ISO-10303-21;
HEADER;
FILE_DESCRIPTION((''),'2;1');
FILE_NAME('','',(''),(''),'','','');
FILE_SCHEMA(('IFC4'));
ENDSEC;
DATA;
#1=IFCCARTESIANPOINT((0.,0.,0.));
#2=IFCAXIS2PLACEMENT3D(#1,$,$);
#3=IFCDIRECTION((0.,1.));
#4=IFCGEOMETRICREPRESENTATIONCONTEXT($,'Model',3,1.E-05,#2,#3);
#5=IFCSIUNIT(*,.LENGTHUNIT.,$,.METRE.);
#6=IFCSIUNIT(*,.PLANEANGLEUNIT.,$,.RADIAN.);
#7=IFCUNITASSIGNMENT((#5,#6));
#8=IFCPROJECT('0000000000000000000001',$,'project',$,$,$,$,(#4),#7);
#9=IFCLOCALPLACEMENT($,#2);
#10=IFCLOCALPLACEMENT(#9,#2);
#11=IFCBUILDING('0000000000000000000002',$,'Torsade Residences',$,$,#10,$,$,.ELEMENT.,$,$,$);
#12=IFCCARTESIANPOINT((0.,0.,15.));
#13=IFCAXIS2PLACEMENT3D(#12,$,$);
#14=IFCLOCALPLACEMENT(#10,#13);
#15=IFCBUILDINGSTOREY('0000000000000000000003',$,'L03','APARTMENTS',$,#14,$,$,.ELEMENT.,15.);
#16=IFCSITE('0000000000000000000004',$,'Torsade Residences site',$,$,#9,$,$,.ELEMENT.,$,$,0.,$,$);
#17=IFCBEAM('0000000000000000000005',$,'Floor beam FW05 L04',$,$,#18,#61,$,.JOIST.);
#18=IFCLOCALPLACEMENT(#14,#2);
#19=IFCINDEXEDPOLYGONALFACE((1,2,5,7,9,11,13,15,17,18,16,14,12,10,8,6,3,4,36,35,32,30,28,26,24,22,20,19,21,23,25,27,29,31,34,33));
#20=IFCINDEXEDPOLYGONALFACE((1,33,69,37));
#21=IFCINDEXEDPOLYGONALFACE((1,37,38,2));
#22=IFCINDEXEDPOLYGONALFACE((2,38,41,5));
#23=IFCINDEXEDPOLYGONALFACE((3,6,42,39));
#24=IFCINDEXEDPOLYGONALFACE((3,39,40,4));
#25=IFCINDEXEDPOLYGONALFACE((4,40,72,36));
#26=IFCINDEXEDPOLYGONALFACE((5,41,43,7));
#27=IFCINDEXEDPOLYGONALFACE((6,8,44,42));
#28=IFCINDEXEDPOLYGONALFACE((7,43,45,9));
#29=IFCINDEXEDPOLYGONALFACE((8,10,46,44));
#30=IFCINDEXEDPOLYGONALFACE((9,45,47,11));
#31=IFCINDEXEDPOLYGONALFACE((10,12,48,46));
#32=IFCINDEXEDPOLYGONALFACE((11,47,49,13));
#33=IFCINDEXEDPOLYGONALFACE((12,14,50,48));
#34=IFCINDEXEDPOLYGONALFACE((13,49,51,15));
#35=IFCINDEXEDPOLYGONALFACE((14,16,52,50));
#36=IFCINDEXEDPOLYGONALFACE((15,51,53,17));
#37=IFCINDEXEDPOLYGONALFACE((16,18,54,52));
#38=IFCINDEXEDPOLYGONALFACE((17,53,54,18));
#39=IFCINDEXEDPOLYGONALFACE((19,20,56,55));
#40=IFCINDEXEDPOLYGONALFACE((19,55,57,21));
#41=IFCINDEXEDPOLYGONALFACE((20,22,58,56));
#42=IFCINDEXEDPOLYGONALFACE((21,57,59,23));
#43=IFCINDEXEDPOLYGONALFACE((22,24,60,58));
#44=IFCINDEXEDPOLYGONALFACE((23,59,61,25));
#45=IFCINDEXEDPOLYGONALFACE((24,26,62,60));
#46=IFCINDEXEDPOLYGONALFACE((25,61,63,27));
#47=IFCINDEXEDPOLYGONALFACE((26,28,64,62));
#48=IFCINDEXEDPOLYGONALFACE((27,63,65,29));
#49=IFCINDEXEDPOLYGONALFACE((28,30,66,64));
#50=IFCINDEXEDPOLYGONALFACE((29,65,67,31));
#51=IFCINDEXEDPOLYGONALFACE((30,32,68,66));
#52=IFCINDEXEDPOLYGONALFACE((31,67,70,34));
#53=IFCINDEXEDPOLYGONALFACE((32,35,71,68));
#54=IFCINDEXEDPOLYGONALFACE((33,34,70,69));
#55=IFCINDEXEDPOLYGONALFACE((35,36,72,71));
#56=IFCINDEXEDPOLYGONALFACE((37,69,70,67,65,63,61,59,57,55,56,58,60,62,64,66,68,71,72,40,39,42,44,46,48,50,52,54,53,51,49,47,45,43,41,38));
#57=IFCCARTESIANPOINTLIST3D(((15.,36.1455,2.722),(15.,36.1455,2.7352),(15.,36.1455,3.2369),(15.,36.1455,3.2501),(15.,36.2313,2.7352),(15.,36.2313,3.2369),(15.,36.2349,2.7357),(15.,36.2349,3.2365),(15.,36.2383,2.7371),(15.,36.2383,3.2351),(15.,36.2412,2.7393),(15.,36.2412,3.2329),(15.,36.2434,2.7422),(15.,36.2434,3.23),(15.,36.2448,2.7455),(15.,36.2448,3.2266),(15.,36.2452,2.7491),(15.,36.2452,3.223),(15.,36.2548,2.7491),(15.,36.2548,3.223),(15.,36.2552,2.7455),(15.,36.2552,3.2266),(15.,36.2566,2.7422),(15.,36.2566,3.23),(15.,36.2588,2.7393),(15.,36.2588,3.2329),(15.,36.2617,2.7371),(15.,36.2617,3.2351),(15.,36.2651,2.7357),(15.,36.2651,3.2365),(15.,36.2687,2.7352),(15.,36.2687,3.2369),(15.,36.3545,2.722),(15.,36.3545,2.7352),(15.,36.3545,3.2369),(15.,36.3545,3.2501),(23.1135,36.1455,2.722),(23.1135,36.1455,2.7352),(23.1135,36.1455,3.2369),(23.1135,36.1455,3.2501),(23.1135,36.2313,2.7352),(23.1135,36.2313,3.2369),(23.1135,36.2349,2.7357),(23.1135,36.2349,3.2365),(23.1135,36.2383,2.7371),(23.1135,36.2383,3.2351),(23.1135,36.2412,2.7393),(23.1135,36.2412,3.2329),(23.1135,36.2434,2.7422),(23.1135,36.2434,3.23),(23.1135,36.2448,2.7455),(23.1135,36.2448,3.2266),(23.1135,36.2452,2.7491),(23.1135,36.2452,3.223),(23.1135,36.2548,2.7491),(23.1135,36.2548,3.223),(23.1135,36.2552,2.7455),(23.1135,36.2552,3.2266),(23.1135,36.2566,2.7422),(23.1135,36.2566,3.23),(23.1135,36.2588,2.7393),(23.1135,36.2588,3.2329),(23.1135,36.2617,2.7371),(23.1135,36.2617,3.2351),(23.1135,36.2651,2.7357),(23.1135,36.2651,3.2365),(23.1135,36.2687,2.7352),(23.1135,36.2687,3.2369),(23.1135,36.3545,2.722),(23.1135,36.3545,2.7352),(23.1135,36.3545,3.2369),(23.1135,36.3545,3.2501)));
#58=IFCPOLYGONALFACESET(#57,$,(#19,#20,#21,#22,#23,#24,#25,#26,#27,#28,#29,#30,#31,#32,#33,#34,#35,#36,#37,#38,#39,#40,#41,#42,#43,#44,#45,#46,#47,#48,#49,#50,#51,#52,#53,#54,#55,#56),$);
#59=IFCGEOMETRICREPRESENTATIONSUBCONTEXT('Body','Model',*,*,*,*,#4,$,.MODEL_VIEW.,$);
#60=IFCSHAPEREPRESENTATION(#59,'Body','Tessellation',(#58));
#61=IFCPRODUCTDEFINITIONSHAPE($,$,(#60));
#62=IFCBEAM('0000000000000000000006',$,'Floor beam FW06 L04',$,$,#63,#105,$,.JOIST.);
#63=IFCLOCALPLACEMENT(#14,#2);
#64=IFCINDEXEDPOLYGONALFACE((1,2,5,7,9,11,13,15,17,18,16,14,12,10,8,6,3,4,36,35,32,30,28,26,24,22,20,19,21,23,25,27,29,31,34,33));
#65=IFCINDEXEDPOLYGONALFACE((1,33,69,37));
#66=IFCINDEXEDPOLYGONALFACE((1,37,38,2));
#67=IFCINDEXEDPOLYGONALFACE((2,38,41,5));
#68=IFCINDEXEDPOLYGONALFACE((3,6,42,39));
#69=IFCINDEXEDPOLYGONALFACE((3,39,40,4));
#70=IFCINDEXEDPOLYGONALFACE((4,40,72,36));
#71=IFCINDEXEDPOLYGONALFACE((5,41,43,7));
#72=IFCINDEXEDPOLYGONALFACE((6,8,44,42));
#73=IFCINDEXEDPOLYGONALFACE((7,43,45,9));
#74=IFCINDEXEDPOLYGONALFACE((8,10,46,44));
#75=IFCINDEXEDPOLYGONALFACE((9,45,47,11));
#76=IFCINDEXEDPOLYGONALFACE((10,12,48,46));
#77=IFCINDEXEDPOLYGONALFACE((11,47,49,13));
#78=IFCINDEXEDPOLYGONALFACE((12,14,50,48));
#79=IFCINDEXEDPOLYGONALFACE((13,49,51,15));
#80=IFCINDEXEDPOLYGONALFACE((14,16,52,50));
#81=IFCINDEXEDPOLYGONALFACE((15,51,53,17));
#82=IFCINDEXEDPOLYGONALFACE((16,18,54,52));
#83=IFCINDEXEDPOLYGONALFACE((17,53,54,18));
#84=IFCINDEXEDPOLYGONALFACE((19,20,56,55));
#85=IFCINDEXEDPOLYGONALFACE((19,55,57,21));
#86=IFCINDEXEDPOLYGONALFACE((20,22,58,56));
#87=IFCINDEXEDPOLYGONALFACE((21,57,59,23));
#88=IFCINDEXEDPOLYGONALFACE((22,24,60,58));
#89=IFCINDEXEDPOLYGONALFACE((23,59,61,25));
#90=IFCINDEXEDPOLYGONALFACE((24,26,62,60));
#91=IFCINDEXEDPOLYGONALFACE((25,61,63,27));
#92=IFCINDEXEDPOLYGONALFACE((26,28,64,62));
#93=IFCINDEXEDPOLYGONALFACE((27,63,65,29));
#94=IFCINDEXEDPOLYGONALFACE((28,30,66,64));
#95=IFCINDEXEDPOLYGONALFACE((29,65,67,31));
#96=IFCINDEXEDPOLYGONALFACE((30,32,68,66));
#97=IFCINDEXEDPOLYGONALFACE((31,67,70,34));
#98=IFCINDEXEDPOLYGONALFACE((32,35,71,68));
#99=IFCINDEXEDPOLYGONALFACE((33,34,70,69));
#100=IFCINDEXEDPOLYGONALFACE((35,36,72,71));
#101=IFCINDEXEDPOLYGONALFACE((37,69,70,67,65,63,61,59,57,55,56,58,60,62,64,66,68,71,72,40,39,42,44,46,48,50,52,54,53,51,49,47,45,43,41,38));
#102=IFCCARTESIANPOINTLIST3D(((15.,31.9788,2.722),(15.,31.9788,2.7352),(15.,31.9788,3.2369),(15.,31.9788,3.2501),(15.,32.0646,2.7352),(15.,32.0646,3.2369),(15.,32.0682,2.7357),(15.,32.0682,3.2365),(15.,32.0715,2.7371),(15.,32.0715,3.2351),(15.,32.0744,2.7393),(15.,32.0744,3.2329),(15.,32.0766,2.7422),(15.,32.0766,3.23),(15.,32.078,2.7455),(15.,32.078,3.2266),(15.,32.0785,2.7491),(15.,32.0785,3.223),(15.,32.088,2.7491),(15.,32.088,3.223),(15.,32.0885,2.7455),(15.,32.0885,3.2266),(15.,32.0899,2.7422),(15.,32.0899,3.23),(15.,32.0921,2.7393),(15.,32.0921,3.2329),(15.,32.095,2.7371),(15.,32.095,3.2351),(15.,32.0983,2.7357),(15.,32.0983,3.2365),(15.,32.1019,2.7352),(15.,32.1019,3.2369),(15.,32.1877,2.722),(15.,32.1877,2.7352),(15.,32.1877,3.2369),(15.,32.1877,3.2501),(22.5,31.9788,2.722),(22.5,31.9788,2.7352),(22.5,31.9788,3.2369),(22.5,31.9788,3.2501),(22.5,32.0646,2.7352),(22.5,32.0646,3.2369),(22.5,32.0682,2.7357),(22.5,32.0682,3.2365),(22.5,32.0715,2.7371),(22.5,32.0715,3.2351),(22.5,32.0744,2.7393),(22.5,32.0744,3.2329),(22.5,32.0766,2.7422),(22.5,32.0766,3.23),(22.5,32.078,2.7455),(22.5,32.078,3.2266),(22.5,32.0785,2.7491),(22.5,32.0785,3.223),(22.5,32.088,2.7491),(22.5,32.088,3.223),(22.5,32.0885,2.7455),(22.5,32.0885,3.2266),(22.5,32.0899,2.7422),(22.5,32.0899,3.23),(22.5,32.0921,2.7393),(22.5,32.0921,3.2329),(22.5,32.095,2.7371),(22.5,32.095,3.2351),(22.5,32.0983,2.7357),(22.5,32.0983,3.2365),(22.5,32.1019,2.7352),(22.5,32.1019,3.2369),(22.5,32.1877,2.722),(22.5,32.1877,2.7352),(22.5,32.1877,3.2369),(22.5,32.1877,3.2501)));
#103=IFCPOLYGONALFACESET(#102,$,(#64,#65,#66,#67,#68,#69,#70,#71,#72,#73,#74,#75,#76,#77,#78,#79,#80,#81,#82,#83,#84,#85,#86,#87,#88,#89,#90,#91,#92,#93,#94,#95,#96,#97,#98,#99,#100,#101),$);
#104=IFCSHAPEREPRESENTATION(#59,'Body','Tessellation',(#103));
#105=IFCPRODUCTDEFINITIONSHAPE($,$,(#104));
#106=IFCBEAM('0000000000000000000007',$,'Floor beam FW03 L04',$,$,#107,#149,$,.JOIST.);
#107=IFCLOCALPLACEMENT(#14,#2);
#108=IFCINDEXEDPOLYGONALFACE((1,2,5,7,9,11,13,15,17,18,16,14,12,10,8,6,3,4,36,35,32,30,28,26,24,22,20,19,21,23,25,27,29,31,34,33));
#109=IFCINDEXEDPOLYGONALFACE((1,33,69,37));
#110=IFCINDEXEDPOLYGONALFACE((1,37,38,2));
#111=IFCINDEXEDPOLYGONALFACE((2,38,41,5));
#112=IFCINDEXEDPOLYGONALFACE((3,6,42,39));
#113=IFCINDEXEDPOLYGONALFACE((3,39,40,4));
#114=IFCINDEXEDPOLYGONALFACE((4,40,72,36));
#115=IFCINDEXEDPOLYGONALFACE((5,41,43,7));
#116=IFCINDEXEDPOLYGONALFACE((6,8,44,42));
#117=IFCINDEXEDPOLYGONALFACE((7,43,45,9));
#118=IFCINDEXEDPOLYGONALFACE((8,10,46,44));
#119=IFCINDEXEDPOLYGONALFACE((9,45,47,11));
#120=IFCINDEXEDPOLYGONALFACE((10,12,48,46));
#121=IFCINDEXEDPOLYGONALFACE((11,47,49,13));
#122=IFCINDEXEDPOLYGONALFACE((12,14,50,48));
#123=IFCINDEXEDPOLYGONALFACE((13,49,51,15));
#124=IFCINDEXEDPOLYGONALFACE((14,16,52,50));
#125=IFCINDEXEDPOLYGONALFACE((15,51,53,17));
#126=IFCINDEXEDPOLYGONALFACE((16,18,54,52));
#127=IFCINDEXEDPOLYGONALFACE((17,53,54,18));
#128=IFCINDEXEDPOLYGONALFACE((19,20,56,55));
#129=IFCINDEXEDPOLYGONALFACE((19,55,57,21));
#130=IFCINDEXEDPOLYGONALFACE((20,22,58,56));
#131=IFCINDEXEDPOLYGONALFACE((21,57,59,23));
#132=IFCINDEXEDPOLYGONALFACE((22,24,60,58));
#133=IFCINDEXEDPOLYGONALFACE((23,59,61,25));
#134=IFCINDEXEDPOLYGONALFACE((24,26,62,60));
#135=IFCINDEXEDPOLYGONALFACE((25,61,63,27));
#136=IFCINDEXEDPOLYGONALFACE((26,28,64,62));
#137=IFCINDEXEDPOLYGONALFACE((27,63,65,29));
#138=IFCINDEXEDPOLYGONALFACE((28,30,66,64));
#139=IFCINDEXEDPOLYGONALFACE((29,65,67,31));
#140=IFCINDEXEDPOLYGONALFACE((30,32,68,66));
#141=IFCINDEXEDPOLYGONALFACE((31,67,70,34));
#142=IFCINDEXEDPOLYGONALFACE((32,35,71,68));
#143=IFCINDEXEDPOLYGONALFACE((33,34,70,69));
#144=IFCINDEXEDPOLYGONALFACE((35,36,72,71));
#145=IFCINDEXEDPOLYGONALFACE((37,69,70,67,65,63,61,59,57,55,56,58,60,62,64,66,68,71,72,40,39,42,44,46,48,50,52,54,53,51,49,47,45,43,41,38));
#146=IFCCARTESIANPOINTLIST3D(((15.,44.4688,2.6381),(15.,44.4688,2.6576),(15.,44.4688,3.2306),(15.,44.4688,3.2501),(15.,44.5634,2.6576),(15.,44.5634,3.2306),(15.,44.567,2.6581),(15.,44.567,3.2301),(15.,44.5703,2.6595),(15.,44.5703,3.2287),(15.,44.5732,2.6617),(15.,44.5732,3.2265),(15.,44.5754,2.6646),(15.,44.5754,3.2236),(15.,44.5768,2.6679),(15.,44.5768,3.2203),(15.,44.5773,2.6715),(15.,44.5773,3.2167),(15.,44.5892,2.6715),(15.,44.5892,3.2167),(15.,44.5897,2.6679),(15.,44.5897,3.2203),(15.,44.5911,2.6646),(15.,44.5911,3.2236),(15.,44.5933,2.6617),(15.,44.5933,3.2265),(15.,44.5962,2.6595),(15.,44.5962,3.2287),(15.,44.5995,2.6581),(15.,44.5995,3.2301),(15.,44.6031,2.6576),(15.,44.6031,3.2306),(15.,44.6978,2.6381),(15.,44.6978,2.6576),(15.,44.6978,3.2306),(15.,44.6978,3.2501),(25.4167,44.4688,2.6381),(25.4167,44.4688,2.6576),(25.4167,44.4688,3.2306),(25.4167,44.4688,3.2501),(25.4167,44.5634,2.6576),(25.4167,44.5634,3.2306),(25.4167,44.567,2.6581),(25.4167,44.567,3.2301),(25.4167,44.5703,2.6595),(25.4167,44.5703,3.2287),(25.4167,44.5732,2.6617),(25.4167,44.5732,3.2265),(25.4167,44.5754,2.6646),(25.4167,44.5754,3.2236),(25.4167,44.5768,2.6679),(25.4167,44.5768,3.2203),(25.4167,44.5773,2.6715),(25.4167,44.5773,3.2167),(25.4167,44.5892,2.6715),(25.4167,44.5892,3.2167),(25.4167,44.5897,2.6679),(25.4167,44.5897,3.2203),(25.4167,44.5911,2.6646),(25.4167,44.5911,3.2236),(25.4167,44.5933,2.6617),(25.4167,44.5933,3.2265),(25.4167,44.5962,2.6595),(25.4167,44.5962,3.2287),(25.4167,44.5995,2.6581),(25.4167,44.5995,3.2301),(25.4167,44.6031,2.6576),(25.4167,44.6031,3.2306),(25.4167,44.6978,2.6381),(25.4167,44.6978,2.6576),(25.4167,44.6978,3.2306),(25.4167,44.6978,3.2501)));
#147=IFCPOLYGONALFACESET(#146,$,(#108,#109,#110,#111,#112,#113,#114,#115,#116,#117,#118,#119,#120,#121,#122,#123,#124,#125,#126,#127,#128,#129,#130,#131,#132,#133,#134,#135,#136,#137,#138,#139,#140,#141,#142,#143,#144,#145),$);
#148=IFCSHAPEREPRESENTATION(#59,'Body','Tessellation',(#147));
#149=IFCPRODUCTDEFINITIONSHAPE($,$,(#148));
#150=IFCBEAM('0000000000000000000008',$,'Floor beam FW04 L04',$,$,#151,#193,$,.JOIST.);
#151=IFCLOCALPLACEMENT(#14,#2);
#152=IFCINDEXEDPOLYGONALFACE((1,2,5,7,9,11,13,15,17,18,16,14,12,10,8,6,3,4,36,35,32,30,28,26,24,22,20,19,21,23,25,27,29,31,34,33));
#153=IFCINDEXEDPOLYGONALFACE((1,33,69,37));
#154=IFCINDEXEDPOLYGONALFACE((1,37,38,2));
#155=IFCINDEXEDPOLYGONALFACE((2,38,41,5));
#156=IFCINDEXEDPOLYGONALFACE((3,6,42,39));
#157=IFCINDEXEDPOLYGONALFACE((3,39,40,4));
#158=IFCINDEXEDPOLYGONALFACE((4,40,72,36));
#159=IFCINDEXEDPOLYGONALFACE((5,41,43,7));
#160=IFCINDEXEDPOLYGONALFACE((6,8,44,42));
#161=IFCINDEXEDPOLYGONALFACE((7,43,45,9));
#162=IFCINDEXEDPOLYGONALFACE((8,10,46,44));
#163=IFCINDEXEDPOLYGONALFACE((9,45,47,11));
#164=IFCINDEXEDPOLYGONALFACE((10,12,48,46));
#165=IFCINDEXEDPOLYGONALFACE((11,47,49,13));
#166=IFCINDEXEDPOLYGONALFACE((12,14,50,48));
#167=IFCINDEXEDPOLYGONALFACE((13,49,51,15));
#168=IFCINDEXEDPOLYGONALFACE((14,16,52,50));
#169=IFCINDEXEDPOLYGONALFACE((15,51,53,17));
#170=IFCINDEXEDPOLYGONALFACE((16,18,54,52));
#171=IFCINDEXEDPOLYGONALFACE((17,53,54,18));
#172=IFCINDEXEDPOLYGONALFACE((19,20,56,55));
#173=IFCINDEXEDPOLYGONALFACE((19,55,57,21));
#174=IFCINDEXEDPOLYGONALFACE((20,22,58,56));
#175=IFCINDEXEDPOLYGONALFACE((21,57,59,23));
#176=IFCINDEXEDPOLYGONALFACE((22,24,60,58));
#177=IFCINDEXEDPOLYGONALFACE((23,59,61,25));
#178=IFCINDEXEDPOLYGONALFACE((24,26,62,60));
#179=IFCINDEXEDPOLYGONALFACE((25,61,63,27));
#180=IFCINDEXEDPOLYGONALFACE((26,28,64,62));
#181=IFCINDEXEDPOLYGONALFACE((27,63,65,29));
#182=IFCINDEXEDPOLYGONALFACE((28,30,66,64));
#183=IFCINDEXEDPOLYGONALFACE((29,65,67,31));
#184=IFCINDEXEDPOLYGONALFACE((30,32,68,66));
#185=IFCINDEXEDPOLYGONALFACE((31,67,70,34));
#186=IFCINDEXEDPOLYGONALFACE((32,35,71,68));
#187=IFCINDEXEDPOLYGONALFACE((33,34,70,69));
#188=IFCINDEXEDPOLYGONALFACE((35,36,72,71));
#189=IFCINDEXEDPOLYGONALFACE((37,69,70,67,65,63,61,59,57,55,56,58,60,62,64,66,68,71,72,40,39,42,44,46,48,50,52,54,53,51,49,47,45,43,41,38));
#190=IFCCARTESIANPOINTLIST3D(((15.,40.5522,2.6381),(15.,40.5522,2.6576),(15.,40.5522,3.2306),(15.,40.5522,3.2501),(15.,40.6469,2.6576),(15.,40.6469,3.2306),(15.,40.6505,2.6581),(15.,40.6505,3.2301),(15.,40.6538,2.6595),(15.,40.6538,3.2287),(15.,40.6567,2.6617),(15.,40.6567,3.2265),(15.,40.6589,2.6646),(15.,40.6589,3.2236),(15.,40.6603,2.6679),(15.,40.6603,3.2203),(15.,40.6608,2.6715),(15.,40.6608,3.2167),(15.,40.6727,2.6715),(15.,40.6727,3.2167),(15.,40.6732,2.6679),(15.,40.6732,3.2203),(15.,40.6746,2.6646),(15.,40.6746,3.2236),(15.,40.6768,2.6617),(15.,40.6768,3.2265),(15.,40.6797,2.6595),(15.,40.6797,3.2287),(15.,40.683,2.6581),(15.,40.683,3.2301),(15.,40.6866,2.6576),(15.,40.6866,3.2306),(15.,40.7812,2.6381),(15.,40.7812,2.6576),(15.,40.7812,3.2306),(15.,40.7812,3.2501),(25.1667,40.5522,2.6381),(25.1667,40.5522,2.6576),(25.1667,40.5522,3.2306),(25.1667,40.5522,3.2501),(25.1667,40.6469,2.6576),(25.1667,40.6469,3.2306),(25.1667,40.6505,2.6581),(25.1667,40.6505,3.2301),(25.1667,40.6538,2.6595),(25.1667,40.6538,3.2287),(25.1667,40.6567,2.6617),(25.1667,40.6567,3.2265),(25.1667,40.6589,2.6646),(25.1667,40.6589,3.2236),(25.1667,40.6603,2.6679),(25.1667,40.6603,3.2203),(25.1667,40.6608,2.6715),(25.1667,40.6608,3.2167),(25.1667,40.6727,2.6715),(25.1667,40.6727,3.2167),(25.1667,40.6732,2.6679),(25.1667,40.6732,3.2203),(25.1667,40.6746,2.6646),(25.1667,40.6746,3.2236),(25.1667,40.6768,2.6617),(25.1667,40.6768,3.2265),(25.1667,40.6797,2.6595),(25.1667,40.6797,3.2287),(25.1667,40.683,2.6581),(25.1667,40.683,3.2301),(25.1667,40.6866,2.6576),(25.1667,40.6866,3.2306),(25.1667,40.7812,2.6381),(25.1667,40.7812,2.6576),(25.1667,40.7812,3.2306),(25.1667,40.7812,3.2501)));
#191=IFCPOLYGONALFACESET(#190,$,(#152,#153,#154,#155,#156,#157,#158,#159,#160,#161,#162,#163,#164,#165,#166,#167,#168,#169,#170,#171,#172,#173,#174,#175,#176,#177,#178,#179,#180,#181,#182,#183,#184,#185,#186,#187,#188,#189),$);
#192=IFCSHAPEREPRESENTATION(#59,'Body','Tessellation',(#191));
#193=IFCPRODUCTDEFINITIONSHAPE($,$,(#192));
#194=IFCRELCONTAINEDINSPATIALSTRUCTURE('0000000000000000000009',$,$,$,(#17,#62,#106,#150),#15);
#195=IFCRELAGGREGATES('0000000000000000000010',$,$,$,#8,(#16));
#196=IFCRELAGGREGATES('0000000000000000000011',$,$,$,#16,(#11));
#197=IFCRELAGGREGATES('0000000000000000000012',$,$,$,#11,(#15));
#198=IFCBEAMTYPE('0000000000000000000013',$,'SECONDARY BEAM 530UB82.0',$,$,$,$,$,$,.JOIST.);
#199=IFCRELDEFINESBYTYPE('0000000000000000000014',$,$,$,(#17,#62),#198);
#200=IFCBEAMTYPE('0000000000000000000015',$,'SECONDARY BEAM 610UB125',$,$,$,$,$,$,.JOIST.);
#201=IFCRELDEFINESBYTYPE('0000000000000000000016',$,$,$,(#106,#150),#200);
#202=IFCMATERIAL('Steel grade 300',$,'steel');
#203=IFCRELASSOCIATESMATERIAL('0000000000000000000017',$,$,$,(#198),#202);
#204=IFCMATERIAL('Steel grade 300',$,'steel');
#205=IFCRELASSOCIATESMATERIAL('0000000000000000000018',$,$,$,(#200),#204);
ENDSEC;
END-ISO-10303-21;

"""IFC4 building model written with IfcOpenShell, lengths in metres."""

from ifc_helpers import new_model, si_unit, direction, frame, origin, origin_2d, place, context, subcontext, project, spatial, i_section, extrude, material, material_profile, profile_set, type_object, element, save


model = new_model("IFC4")

# Units and contexts
model_context = context("Model", 3, precision=1e-05, world=origin(), true_north=direction((0.0, 1.0)))
body_context = subcontext(model_context, "Body", "Model", "MODEL_VIEW")
ifc_project = project(units=[si_unit("LENGTHUNIT", "METRE"), si_unit("PLANEANGLEUNIT", "RADIAN")], contexts=[model_context])

# Site, building, storey
site_placement = place(None, origin())
site = spatial("IfcSite", under=ifc_project, at=site_placement, Name="Torsade Residences site", CompositionType="ELEMENT", RefElevation=0.0)
building_placement = place(site_placement, origin())
building = spatial("IfcBuilding", under=site, at=building_placement, Name="Torsade Residences", CompositionType="ELEMENT")
storey_placement = place(building_placement, frame((0.0, 0.0, 15.0)))
storey = spatial("IfcBuildingStorey", under=building, at=storey_placement, Name="L03", Description="APARTMENTS", CompositionType="ELEMENT", Elevation=15.0)

# Beams
ifc_material_1 = material(Name="Steel grade 300", Category="steel")
ifc_material_profile_1 = material_profile(ifc_material_1, i_section(OverallWidth=0.209, OverallDepth=0.5281, WebThickness=0.0095, FlangeThickness=0.0132, FilletRadius=0.0139, at=origin_2d()), Name="530UB82.0")
ifc_profile_set_1 = profile_set([ifc_material_profile_1], Name="Steel grade 300")
beam_type_1 = type_object("IfcBeamType", Name="SECONDARY BEAM 530UB82.0", PredefinedType="JOIST", material=ifc_profile_set_1)
beam_1_placement = place(storey_placement, frame((15.0, 36.25, 2.9861), z_axis=(1.0, 0.0, 0.0), x_axis=(0.0, 1.0, 0.0)))
element("IfcBeam", 1, at=beam_1_placement, inside=storey, type_object=beam_type_1, Name="Floor beam FW05 L04", PredefinedType="JOIST", context=body_context, shape_type="SweptSolid", body=[
    extrude(i_section(OverallWidth=0.209, OverallDepth=0.5281, WebThickness=0.0095, FlangeThickness=0.0132, FilletRadius=0.0139, at=origin_2d()), origin(), (0.0, 0.0, 1.0), 8.1135),
])
beam_2_placement = place(storey_placement, frame((15.0, 32.0833, 2.9861), z_axis=(1.0, 0.0, 0.0), x_axis=(0.0, 1.0, 0.0)))
element("IfcBeam", 2, at=beam_2_placement, inside=storey, type_object=beam_type_1, Name="Floor beam FW06 L04", PredefinedType="JOIST", context=body_context, shape_type="SweptSolid", body=[
    extrude(i_section(OverallWidth=0.209, OverallDepth=0.5281, WebThickness=0.0095, FlangeThickness=0.0132, FilletRadius=0.0139, at=origin_2d()), origin(), (0.0, 0.0, 1.0), 7.5),
])
ifc_material_2 = material(Name="Steel grade 300", Category="steel")
ifc_material_profile_2 = material_profile(ifc_material_2, i_section(OverallWidth=0.229, OverallDepth=0.6121, WebThickness=0.012, FlangeThickness=0.0195, FilletRadius=0.0139, at=origin_2d()), Name="610UB125")
ifc_profile_set_2 = profile_set([ifc_material_profile_2], Name="Steel grade 300")
beam_type_2 = type_object("IfcBeamType", Name="SECONDARY BEAM 610UB125", PredefinedType="JOIST", material=ifc_profile_set_2)
beam_3_placement = place(storey_placement, frame((15.0, 44.5833, 2.9441), z_axis=(1.0, 0.0, 0.0), x_axis=(0.0, 1.0, 0.0)))
element("IfcBeam", 3, at=beam_3_placement, inside=storey, type_object=beam_type_2, Name="Floor beam FW03 L04", PredefinedType="JOIST", context=body_context, shape_type="SweptSolid", body=[
    extrude(i_section(OverallWidth=0.229, OverallDepth=0.6121, WebThickness=0.012, FlangeThickness=0.0195, FilletRadius=0.0139, at=origin_2d()), origin(), (0.0, 0.0, 1.0), 10.4167),
])
beam_4_placement = place(storey_placement, frame((15.0, 40.6667, 2.9441), z_axis=(1.0, 0.0, 0.0), x_axis=(0.0, 1.0, 0.0)))
element("IfcBeam", 4, at=beam_4_placement, inside=storey, type_object=beam_type_2, Name="Floor beam FW04 L04", PredefinedType="JOIST", context=body_context, shape_type="SweptSolid", body=[
    extrude(i_section(OverallWidth=0.229, OverallDepth=0.6121, WebThickness=0.012, FlangeThickness=0.0195, FilletRadius=0.0139, at=origin_2d()), origin(), (0.0, 0.0, 1.0), 10.1667),
])

save(model, "model.ifc")
